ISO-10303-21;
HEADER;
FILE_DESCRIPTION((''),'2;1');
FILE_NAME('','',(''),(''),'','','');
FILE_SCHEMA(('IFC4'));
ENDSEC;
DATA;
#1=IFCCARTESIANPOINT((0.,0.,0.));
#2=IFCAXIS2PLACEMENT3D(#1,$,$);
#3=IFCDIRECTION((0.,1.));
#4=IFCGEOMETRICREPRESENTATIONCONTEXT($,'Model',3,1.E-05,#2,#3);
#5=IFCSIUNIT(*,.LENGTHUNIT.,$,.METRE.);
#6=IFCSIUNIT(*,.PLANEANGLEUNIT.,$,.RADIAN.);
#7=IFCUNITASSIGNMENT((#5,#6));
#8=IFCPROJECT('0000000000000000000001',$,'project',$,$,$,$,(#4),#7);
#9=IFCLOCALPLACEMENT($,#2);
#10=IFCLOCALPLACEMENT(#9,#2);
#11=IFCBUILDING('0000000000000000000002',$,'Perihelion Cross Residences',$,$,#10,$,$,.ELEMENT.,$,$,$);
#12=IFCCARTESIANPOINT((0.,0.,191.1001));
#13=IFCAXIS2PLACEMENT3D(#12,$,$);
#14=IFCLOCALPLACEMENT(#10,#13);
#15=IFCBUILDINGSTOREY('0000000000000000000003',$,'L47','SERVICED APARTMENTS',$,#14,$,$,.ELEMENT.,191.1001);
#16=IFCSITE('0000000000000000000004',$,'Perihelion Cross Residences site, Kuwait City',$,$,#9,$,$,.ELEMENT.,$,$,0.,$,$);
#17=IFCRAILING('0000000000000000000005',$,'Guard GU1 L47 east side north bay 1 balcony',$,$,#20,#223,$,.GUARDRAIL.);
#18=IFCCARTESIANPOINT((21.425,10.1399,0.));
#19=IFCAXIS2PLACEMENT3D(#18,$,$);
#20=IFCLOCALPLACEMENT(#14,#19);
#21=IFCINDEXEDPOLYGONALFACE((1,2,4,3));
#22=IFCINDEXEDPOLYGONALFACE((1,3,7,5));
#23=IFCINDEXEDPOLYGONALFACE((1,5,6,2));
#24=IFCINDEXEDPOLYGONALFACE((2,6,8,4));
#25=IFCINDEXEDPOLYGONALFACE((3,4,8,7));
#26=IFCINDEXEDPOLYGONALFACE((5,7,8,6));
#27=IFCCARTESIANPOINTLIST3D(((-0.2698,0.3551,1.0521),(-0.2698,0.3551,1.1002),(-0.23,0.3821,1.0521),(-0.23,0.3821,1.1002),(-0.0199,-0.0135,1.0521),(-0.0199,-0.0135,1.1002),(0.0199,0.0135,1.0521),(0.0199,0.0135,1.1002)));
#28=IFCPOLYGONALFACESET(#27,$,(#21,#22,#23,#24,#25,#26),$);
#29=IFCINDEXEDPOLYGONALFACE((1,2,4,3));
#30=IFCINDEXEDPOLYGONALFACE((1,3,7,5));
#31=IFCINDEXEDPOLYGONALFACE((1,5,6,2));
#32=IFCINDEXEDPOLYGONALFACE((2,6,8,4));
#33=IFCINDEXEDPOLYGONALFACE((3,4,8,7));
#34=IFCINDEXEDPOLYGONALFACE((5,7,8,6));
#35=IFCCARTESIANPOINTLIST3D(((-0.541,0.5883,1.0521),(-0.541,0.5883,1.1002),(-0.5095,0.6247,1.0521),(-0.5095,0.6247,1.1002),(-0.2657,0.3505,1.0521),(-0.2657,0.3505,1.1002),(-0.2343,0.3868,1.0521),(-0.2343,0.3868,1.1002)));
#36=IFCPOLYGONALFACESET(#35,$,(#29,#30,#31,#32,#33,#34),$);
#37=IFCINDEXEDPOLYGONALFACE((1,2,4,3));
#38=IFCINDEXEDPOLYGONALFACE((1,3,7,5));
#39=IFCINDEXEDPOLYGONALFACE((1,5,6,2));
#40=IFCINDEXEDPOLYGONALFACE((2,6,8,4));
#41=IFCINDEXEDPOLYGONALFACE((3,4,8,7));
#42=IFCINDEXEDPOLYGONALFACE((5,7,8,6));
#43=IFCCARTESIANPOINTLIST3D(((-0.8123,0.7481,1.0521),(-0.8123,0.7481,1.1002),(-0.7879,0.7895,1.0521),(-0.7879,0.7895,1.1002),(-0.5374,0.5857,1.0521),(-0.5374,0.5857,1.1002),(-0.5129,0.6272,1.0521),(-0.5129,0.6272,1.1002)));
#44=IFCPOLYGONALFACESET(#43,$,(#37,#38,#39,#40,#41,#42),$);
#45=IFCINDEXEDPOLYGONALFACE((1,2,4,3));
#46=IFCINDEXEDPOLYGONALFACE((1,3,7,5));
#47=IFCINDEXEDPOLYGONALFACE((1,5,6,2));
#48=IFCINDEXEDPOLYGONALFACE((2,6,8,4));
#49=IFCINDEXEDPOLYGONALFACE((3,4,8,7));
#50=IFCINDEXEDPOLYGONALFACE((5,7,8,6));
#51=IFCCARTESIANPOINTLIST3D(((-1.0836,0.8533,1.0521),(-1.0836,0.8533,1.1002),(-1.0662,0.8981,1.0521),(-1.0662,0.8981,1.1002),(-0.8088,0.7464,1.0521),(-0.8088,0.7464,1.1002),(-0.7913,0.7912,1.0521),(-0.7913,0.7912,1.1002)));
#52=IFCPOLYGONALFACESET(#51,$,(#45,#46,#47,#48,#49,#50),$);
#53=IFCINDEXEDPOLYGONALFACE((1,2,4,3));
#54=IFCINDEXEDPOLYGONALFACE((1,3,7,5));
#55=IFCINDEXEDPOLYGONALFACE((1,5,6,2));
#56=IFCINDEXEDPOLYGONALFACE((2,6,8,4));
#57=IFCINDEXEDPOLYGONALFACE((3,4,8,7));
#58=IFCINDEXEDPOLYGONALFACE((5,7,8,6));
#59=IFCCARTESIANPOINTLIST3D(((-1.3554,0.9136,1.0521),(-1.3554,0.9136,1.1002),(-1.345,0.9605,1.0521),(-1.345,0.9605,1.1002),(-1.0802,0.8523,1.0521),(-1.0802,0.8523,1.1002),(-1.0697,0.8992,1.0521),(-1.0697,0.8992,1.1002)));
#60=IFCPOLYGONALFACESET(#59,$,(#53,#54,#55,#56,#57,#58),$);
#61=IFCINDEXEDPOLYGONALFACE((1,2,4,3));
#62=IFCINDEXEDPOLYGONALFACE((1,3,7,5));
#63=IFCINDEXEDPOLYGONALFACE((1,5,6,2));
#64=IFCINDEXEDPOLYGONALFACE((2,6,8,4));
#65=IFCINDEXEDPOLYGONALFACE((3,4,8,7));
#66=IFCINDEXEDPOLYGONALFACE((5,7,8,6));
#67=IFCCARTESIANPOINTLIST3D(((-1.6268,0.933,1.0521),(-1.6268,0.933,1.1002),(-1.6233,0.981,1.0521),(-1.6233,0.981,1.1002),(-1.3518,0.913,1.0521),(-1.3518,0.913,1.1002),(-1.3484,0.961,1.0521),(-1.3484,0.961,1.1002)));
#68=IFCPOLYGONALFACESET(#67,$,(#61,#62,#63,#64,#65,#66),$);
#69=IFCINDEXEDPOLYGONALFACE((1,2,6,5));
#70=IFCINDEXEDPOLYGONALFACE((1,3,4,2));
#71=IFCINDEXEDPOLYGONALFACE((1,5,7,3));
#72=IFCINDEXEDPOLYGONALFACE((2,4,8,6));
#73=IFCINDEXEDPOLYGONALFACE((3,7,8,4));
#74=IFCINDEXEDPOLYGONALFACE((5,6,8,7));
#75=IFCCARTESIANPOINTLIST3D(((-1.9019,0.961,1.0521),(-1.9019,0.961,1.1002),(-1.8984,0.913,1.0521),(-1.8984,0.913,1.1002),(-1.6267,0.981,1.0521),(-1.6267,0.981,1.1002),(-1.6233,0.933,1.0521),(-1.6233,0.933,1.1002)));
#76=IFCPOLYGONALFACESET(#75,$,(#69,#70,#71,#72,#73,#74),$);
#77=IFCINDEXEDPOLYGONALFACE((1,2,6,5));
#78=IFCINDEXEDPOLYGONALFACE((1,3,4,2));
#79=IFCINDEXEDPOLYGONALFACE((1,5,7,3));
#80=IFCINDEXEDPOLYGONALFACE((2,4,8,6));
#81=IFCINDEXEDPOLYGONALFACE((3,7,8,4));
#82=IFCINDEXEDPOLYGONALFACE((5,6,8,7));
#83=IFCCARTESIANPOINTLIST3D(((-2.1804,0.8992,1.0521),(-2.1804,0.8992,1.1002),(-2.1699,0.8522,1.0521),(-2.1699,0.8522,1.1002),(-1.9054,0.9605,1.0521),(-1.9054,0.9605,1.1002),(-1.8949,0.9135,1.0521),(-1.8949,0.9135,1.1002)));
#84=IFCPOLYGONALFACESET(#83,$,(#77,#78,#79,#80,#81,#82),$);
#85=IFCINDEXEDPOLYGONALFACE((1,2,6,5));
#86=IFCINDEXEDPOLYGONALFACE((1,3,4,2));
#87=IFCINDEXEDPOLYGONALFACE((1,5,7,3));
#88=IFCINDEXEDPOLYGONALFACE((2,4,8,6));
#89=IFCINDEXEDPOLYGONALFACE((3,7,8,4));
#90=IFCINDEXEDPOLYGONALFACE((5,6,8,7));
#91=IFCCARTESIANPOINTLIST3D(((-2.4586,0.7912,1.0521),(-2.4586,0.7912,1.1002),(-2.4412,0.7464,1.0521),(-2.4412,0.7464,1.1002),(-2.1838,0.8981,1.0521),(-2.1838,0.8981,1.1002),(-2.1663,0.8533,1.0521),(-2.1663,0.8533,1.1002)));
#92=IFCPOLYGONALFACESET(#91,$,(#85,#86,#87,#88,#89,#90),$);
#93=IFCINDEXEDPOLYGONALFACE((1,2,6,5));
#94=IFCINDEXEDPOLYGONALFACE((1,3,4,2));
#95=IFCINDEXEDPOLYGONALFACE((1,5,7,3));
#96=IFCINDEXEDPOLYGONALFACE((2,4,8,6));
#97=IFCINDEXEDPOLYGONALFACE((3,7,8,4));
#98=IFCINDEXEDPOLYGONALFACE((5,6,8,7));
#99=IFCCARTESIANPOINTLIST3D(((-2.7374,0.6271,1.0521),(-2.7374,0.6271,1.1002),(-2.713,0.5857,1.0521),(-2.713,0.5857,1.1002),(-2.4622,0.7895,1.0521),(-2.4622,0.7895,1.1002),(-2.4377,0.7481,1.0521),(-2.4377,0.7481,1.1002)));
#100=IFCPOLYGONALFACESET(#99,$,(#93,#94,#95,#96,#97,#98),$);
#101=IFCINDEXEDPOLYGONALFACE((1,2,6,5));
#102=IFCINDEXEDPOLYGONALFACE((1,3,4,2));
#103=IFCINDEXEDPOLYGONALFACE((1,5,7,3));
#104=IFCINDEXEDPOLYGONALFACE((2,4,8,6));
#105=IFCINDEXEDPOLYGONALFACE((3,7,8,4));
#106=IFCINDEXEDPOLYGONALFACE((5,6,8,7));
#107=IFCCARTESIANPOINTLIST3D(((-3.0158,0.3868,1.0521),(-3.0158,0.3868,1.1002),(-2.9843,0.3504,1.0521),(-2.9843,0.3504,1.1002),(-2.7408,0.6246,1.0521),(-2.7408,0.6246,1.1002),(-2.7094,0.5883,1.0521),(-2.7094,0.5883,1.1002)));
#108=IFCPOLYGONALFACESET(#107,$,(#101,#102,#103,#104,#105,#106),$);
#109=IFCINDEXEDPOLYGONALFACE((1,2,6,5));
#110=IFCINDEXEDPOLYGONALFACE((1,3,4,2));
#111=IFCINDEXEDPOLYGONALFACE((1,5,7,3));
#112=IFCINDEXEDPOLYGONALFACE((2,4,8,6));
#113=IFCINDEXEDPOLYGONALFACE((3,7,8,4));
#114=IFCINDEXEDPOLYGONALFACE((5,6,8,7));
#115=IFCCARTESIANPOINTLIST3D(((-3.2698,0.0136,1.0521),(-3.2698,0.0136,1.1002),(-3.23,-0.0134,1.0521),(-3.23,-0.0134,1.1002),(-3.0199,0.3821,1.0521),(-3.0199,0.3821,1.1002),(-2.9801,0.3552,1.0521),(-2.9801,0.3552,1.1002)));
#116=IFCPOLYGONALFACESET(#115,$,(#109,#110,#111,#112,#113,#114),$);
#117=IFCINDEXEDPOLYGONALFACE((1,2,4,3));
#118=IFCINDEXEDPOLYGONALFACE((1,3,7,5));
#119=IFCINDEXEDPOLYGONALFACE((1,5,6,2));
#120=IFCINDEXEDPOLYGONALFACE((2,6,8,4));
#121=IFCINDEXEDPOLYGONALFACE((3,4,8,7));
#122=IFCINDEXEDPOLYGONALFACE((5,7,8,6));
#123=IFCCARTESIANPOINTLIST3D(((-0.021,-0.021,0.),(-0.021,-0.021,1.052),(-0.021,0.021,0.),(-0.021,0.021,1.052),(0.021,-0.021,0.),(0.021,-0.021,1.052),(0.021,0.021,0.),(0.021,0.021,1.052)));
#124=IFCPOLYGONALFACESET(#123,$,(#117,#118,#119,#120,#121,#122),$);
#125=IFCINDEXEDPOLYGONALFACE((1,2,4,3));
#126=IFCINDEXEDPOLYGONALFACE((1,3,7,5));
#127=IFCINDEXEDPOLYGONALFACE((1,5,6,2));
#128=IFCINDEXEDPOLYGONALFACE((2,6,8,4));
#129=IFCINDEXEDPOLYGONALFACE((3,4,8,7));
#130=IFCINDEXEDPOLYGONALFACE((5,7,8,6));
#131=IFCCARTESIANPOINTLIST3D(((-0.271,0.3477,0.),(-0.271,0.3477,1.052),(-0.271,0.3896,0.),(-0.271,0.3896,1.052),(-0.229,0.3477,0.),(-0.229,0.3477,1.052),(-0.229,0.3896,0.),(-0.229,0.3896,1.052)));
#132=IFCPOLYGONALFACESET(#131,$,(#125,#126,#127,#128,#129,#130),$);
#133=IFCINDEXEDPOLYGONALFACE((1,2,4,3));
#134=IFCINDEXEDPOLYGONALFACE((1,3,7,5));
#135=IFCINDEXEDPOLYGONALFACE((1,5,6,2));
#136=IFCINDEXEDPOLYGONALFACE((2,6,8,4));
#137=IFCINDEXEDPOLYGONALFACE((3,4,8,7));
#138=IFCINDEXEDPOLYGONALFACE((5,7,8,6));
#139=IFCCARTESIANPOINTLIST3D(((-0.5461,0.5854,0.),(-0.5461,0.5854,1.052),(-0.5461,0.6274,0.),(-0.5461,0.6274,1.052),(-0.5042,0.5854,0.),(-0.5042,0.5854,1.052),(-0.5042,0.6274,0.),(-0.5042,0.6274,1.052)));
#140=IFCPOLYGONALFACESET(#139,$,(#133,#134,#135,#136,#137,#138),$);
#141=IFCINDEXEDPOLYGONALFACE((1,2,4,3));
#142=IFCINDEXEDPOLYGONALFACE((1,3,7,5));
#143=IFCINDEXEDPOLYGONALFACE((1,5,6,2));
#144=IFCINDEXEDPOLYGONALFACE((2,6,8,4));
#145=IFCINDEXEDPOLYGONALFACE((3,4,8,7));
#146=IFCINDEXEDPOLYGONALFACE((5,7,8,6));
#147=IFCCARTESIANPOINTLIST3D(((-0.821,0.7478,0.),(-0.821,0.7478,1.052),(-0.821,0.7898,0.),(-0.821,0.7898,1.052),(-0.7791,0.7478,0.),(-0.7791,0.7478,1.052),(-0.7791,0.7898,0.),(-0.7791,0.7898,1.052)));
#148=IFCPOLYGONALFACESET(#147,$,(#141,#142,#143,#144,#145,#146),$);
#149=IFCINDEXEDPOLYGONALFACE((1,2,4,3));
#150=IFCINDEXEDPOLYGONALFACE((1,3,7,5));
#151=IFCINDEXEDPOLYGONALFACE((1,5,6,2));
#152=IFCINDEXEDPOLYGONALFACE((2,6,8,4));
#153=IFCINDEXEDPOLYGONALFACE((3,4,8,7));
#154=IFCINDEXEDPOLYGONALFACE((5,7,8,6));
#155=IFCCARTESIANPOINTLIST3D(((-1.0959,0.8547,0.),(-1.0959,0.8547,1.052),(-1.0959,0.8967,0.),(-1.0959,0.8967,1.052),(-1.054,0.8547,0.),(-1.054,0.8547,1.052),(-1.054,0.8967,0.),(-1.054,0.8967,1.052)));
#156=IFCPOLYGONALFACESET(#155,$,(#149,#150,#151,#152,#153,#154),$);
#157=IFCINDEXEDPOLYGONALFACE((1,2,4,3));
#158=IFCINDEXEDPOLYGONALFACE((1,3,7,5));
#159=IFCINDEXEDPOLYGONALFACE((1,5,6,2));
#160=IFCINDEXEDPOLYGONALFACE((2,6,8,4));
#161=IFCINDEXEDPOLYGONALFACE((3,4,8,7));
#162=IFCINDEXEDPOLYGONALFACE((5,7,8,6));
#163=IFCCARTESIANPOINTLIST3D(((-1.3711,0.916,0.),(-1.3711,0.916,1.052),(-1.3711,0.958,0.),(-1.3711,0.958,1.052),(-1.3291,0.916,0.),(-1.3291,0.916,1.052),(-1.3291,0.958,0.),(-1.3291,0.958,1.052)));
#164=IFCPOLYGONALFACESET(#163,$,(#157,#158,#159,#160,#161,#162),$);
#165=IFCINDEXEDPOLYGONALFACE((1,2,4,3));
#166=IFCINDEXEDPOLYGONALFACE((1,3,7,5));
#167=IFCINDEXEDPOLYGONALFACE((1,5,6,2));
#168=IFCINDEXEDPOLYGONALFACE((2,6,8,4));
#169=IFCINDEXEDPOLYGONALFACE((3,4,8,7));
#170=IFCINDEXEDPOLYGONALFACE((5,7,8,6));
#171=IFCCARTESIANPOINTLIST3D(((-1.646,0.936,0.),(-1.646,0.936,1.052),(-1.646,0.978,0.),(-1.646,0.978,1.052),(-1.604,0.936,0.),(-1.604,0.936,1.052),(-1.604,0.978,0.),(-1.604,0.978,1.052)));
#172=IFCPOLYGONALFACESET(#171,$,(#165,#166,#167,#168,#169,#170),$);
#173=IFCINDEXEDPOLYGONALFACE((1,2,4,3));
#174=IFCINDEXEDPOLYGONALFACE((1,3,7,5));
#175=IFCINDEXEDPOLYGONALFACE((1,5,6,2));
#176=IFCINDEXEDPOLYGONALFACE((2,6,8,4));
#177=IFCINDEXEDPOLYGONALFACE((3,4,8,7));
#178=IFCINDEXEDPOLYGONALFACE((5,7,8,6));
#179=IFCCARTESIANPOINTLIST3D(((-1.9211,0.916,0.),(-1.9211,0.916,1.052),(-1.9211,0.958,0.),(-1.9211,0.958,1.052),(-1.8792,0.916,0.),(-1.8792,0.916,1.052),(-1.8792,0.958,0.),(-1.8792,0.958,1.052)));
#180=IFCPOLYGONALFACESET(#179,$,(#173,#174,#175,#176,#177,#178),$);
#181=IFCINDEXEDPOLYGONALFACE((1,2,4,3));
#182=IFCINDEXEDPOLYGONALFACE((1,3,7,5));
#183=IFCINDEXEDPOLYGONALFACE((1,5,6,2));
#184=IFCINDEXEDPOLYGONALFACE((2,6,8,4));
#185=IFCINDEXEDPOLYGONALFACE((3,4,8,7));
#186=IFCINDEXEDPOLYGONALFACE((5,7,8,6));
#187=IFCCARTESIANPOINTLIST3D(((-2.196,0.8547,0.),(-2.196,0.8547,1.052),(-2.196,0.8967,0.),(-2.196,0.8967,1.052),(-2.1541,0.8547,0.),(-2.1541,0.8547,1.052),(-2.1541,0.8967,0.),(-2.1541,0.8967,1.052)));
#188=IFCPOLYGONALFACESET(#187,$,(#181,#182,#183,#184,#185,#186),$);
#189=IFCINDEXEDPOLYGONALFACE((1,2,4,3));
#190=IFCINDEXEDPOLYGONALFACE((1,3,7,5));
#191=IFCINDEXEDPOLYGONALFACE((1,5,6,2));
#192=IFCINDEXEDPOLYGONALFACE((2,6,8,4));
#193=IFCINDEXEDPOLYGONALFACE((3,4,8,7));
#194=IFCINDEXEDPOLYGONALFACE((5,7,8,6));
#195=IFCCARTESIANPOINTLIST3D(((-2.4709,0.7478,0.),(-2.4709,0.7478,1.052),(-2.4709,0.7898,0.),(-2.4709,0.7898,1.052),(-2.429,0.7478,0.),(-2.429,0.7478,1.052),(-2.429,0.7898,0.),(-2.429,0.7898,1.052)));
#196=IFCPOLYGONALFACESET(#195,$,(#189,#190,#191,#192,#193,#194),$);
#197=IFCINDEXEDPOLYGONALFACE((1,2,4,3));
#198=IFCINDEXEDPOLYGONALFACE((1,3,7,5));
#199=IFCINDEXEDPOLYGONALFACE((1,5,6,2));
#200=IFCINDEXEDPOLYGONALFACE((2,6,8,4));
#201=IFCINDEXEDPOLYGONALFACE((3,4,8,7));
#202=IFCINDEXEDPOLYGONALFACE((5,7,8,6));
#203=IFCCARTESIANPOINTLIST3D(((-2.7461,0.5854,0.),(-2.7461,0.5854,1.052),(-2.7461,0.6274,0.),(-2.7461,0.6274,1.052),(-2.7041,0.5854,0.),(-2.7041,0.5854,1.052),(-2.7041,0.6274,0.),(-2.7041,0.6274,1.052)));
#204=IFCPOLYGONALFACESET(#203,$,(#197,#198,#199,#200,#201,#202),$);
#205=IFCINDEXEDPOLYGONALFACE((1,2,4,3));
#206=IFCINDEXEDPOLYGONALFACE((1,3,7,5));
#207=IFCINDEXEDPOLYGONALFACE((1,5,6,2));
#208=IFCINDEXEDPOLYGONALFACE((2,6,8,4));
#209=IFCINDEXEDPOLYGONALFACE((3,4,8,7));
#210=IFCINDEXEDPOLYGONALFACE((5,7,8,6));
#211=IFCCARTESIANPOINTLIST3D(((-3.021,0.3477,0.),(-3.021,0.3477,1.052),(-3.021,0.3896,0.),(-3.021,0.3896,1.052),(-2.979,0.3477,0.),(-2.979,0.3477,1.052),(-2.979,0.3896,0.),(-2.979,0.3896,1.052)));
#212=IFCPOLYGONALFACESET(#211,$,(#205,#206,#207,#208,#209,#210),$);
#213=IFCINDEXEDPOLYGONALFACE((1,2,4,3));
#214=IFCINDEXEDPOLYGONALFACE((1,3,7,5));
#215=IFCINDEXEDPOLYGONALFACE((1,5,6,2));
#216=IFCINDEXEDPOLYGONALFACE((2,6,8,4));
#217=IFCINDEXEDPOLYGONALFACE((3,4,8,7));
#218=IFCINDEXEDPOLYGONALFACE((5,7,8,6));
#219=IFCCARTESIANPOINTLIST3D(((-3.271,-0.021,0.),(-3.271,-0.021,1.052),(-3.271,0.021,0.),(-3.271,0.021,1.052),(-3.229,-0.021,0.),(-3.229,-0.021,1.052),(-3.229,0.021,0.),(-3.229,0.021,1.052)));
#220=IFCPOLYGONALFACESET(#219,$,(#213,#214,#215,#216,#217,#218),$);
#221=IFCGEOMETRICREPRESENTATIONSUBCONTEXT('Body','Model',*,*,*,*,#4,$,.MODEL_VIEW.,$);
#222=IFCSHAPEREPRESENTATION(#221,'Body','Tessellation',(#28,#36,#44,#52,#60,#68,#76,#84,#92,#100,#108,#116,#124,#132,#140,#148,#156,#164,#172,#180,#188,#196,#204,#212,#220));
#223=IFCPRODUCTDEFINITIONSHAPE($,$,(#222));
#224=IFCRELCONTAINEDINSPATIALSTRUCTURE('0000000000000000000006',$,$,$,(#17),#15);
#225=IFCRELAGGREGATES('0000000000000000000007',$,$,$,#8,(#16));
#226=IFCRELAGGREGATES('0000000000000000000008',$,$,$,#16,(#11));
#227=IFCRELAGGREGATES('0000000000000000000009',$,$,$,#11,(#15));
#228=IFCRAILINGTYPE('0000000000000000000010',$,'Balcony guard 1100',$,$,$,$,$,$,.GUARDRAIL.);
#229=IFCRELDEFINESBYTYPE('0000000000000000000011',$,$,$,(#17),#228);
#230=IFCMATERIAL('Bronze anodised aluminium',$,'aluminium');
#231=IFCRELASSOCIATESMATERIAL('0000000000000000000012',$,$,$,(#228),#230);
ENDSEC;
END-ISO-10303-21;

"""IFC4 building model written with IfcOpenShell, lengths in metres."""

from ifc_helpers import new_model, si_unit, direction, frame, origin, origin_2d, place, context, subcontext, project, spatial, rectangle, extrude, material, type_object, element, save


model = new_model("IFC4")

# Units and contexts
model_context = context("Model", 3, precision=1e-05, world=origin(), true_north=direction((0.0, 1.0)))
body_context = subcontext(model_context, "Body", "Model", "MODEL_VIEW")
ifc_project = project(units=[si_unit("LENGTHUNIT", "METRE"), si_unit("PLANEANGLEUNIT", "RADIAN")], contexts=[model_context])

# Site, building, storey
site_placement = place(None, origin())
site = spatial("IfcSite", under=ifc_project, at=site_placement, Name="Perihelion Cross Residences site, Kuwait City", CompositionType="ELEMENT", RefElevation=0.0)
building_placement = place(site_placement, origin())
building = spatial("IfcBuilding", under=site, at=building_placement, Name="Perihelion Cross Residences", CompositionType="ELEMENT")
storey_placement = place(building_placement, frame((0.0, 0.0, 191.1001)))
storey = spatial("IfcBuildingStorey", under=building, at=storey_placement, Name="L47", Description="SERVICED APARTMENTS", CompositionType="ELEMENT", Elevation=191.1001)

# Railing
ifc_material_1 = material(Name="Bronze anodised aluminium", Category="aluminium")
railing_type_1 = type_object("IfcRailingType", Name="Balcony guard 1100", PredefinedType="GUARDRAIL", material=ifc_material_1)
railing_1_placement = place(storey_placement, frame((21.425, 10.1399, 0.0)))
element("IfcRailing", 1, at=railing_1_placement, inside=storey, type_object=railing_type_1, Name="Guard GU1 L47 east side north bay 1 balcony", PredefinedType="GUARDRAIL", context=body_context, shape_type="SweptSolid", body=[
    extrude(rectangle(XDim=0.0481, YDim=0.0481, at=origin_2d()), frame((0.0, 0.0, 1.0762), z_axis=(-0.56126, 0.827639, 0.0), x_axis=(-0.827639, -0.56126, 0.0)), (0.0, 0.0, 1.0), 0.4453),
    extrude(rectangle(XDim=0.0481, YDim=0.0481, at=origin_2d()), frame((-0.25, 0.3687, 1.0762), z_axis=(-0.756597, 0.653882, 0.0), x_axis=(-0.653882, -0.756597, 0.0)), (0.0, 0.0, 1.0), 0.3638),
    extrude(rectangle(XDim=0.0481, YDim=0.0481, at=origin_2d()), frame((-0.5251, 0.6064, 1.0762), z_axis=(-0.861048, 0.508523, 0.0), x_axis=(-0.508523, -0.861048, 0.0)), (0.0, 0.0, 1.0), 0.3193),
    extrude(rectangle(XDim=0.0481, YDim=0.0481, at=origin_2d()), frame((-0.8, 0.7688, 1.0762), z_axis=(-0.931974, 0.362526, 0.0), x_axis=(-0.362526, -0.931974, 0.0)), (0.0, 0.0, 1.0), 0.2949),
    extrude(rectangle(XDim=0.0481, YDim=0.0481, at=origin_2d()), frame((-1.075, 0.8757, 1.0762), z_axis=(-0.976085, 0.217389, 0.0), x_axis=(-0.217389, -0.976085, 0.0)), (0.0, 0.0, 1.0), 0.282),
    extrude(rectangle(XDim=0.0481, YDim=0.0481, at=origin_2d()), frame((-1.3501, 0.937, 1.0762), z_axis=(-0.997359, 0.072632, 0.0), x_axis=(-0.072632, -0.997359, 0.0)), (0.0, 0.0, 1.0), 0.2756),
    extrude(rectangle(XDim=0.0481, YDim=0.0481, at=origin_2d()), frame((-1.625, 0.957, 1.0762), z_axis=(-0.997363, -0.072568, 0.0), x_axis=(0.072568, -0.997363, 0.0)), (0.0, 0.0, 1.0), 0.2759),
    extrude(rectangle(XDim=0.0481, YDim=0.0481, at=origin_2d()), frame((-1.9001, 0.937, 1.0762), z_axis=(-0.976044, -0.217573, 0.0), x_axis=(0.217573, -0.976044, 0.0)), (0.0, 0.0, 1.0), 0.2817),
    extrude(rectangle(XDim=0.0481, YDim=0.0481, at=origin_2d()), frame((-2.175, 0.8757, 1.0762), z_axis=(-0.931974, -0.362526, 0.0), x_axis=(0.362526, -0.931974, 0.0)), (0.0, 0.0, 1.0), 0.2949),
    extrude(rectangle(XDim=0.0481, YDim=0.0481, at=origin_2d()), frame((-2.45, 0.7688, 1.0762), z_axis=(-0.861246, -0.508189, 0.0), x_axis=(0.508189, -0.861246, 0.0)), (0.0, 0.0, 1.0), 0.3196),
    extrude(rectangle(XDim=0.0481, YDim=0.0481, at=origin_2d()), frame((-2.7251, 0.6064, 1.0762), z_axis=(-0.756309, -0.654214, 0.0), x_axis=(0.654214, -0.756309, 0.0)), (0.0, 0.0, 1.0), 0.3635),
    extrude(rectangle(XDim=0.0481, YDim=0.0481, at=origin_2d()), frame((-3.0, 0.3687, 1.0762), z_axis=(-0.56126, -0.827639, 0.0), x_axis=(0.827639, -0.56126, 0.0)), (0.0, 0.0, 1.0), 0.4453),
    extrude(rectangle(XDim=0.042, YDim=0.042, at=origin_2d()), origin(), (0.0, 0.0, 1.0), 1.052),
    extrude(rectangle(XDim=0.042, YDim=0.042, at=origin_2d()), frame((-0.25, 0.3687, 0.0)), (0.0, 0.0, 1.0), 1.052),
    extrude(rectangle(XDim=0.042, YDim=0.042, at=origin_2d()), frame((-0.5251, 0.6064, 0.0)), (0.0, 0.0, 1.0), 1.052),
    extrude(rectangle(XDim=0.042, YDim=0.042, at=origin_2d()), frame((-0.8, 0.7688, 0.0)), (0.0, 0.0, 1.0), 1.052),
    extrude(rectangle(XDim=0.042, YDim=0.042, at=origin_2d()), frame((-1.075, 0.8757, 0.0)), (0.0, 0.0, 1.0), 1.052),
    extrude(rectangle(XDim=0.042, YDim=0.042, at=origin_2d()), frame((-1.3501, 0.937, 0.0)), (0.0, 0.0, 1.0), 1.052),
    extrude(rectangle(XDim=0.042, YDim=0.042, at=origin_2d()), frame((-1.625, 0.957, 0.0)), (0.0, 0.0, 1.0), 1.052),
    extrude(rectangle(XDim=0.042, YDim=0.042, at=origin_2d()), frame((-1.9001, 0.937, 0.0)), (0.0, 0.0, 1.0), 1.052),
    extrude(rectangle(XDim=0.042, YDim=0.042, at=origin_2d()), frame((-2.175, 0.8757, 0.0)), (0.0, 0.0, 1.0), 1.052),
    extrude(rectangle(XDim=0.042, YDim=0.042, at=origin_2d()), frame((-2.45, 0.7688, 0.0)), (0.0, 0.0, 1.0), 1.052),
    extrude(rectangle(XDim=0.042, YDim=0.042, at=origin_2d()), frame((-2.7251, 0.6064, 0.0)), (0.0, 0.0, 1.0), 1.052),
    extrude(rectangle(XDim=0.042, YDim=0.042, at=origin_2d()), frame((-3.0, 0.3687, 0.0)), (0.0, 0.0, 1.0), 1.052),
    extrude(rectangle(XDim=0.042, YDim=0.042, at=origin_2d()), frame((-3.25, 0.0, 0.0)), (0.0, 0.0, 1.0), 1.052),
])

save(model, "model.ifc")
